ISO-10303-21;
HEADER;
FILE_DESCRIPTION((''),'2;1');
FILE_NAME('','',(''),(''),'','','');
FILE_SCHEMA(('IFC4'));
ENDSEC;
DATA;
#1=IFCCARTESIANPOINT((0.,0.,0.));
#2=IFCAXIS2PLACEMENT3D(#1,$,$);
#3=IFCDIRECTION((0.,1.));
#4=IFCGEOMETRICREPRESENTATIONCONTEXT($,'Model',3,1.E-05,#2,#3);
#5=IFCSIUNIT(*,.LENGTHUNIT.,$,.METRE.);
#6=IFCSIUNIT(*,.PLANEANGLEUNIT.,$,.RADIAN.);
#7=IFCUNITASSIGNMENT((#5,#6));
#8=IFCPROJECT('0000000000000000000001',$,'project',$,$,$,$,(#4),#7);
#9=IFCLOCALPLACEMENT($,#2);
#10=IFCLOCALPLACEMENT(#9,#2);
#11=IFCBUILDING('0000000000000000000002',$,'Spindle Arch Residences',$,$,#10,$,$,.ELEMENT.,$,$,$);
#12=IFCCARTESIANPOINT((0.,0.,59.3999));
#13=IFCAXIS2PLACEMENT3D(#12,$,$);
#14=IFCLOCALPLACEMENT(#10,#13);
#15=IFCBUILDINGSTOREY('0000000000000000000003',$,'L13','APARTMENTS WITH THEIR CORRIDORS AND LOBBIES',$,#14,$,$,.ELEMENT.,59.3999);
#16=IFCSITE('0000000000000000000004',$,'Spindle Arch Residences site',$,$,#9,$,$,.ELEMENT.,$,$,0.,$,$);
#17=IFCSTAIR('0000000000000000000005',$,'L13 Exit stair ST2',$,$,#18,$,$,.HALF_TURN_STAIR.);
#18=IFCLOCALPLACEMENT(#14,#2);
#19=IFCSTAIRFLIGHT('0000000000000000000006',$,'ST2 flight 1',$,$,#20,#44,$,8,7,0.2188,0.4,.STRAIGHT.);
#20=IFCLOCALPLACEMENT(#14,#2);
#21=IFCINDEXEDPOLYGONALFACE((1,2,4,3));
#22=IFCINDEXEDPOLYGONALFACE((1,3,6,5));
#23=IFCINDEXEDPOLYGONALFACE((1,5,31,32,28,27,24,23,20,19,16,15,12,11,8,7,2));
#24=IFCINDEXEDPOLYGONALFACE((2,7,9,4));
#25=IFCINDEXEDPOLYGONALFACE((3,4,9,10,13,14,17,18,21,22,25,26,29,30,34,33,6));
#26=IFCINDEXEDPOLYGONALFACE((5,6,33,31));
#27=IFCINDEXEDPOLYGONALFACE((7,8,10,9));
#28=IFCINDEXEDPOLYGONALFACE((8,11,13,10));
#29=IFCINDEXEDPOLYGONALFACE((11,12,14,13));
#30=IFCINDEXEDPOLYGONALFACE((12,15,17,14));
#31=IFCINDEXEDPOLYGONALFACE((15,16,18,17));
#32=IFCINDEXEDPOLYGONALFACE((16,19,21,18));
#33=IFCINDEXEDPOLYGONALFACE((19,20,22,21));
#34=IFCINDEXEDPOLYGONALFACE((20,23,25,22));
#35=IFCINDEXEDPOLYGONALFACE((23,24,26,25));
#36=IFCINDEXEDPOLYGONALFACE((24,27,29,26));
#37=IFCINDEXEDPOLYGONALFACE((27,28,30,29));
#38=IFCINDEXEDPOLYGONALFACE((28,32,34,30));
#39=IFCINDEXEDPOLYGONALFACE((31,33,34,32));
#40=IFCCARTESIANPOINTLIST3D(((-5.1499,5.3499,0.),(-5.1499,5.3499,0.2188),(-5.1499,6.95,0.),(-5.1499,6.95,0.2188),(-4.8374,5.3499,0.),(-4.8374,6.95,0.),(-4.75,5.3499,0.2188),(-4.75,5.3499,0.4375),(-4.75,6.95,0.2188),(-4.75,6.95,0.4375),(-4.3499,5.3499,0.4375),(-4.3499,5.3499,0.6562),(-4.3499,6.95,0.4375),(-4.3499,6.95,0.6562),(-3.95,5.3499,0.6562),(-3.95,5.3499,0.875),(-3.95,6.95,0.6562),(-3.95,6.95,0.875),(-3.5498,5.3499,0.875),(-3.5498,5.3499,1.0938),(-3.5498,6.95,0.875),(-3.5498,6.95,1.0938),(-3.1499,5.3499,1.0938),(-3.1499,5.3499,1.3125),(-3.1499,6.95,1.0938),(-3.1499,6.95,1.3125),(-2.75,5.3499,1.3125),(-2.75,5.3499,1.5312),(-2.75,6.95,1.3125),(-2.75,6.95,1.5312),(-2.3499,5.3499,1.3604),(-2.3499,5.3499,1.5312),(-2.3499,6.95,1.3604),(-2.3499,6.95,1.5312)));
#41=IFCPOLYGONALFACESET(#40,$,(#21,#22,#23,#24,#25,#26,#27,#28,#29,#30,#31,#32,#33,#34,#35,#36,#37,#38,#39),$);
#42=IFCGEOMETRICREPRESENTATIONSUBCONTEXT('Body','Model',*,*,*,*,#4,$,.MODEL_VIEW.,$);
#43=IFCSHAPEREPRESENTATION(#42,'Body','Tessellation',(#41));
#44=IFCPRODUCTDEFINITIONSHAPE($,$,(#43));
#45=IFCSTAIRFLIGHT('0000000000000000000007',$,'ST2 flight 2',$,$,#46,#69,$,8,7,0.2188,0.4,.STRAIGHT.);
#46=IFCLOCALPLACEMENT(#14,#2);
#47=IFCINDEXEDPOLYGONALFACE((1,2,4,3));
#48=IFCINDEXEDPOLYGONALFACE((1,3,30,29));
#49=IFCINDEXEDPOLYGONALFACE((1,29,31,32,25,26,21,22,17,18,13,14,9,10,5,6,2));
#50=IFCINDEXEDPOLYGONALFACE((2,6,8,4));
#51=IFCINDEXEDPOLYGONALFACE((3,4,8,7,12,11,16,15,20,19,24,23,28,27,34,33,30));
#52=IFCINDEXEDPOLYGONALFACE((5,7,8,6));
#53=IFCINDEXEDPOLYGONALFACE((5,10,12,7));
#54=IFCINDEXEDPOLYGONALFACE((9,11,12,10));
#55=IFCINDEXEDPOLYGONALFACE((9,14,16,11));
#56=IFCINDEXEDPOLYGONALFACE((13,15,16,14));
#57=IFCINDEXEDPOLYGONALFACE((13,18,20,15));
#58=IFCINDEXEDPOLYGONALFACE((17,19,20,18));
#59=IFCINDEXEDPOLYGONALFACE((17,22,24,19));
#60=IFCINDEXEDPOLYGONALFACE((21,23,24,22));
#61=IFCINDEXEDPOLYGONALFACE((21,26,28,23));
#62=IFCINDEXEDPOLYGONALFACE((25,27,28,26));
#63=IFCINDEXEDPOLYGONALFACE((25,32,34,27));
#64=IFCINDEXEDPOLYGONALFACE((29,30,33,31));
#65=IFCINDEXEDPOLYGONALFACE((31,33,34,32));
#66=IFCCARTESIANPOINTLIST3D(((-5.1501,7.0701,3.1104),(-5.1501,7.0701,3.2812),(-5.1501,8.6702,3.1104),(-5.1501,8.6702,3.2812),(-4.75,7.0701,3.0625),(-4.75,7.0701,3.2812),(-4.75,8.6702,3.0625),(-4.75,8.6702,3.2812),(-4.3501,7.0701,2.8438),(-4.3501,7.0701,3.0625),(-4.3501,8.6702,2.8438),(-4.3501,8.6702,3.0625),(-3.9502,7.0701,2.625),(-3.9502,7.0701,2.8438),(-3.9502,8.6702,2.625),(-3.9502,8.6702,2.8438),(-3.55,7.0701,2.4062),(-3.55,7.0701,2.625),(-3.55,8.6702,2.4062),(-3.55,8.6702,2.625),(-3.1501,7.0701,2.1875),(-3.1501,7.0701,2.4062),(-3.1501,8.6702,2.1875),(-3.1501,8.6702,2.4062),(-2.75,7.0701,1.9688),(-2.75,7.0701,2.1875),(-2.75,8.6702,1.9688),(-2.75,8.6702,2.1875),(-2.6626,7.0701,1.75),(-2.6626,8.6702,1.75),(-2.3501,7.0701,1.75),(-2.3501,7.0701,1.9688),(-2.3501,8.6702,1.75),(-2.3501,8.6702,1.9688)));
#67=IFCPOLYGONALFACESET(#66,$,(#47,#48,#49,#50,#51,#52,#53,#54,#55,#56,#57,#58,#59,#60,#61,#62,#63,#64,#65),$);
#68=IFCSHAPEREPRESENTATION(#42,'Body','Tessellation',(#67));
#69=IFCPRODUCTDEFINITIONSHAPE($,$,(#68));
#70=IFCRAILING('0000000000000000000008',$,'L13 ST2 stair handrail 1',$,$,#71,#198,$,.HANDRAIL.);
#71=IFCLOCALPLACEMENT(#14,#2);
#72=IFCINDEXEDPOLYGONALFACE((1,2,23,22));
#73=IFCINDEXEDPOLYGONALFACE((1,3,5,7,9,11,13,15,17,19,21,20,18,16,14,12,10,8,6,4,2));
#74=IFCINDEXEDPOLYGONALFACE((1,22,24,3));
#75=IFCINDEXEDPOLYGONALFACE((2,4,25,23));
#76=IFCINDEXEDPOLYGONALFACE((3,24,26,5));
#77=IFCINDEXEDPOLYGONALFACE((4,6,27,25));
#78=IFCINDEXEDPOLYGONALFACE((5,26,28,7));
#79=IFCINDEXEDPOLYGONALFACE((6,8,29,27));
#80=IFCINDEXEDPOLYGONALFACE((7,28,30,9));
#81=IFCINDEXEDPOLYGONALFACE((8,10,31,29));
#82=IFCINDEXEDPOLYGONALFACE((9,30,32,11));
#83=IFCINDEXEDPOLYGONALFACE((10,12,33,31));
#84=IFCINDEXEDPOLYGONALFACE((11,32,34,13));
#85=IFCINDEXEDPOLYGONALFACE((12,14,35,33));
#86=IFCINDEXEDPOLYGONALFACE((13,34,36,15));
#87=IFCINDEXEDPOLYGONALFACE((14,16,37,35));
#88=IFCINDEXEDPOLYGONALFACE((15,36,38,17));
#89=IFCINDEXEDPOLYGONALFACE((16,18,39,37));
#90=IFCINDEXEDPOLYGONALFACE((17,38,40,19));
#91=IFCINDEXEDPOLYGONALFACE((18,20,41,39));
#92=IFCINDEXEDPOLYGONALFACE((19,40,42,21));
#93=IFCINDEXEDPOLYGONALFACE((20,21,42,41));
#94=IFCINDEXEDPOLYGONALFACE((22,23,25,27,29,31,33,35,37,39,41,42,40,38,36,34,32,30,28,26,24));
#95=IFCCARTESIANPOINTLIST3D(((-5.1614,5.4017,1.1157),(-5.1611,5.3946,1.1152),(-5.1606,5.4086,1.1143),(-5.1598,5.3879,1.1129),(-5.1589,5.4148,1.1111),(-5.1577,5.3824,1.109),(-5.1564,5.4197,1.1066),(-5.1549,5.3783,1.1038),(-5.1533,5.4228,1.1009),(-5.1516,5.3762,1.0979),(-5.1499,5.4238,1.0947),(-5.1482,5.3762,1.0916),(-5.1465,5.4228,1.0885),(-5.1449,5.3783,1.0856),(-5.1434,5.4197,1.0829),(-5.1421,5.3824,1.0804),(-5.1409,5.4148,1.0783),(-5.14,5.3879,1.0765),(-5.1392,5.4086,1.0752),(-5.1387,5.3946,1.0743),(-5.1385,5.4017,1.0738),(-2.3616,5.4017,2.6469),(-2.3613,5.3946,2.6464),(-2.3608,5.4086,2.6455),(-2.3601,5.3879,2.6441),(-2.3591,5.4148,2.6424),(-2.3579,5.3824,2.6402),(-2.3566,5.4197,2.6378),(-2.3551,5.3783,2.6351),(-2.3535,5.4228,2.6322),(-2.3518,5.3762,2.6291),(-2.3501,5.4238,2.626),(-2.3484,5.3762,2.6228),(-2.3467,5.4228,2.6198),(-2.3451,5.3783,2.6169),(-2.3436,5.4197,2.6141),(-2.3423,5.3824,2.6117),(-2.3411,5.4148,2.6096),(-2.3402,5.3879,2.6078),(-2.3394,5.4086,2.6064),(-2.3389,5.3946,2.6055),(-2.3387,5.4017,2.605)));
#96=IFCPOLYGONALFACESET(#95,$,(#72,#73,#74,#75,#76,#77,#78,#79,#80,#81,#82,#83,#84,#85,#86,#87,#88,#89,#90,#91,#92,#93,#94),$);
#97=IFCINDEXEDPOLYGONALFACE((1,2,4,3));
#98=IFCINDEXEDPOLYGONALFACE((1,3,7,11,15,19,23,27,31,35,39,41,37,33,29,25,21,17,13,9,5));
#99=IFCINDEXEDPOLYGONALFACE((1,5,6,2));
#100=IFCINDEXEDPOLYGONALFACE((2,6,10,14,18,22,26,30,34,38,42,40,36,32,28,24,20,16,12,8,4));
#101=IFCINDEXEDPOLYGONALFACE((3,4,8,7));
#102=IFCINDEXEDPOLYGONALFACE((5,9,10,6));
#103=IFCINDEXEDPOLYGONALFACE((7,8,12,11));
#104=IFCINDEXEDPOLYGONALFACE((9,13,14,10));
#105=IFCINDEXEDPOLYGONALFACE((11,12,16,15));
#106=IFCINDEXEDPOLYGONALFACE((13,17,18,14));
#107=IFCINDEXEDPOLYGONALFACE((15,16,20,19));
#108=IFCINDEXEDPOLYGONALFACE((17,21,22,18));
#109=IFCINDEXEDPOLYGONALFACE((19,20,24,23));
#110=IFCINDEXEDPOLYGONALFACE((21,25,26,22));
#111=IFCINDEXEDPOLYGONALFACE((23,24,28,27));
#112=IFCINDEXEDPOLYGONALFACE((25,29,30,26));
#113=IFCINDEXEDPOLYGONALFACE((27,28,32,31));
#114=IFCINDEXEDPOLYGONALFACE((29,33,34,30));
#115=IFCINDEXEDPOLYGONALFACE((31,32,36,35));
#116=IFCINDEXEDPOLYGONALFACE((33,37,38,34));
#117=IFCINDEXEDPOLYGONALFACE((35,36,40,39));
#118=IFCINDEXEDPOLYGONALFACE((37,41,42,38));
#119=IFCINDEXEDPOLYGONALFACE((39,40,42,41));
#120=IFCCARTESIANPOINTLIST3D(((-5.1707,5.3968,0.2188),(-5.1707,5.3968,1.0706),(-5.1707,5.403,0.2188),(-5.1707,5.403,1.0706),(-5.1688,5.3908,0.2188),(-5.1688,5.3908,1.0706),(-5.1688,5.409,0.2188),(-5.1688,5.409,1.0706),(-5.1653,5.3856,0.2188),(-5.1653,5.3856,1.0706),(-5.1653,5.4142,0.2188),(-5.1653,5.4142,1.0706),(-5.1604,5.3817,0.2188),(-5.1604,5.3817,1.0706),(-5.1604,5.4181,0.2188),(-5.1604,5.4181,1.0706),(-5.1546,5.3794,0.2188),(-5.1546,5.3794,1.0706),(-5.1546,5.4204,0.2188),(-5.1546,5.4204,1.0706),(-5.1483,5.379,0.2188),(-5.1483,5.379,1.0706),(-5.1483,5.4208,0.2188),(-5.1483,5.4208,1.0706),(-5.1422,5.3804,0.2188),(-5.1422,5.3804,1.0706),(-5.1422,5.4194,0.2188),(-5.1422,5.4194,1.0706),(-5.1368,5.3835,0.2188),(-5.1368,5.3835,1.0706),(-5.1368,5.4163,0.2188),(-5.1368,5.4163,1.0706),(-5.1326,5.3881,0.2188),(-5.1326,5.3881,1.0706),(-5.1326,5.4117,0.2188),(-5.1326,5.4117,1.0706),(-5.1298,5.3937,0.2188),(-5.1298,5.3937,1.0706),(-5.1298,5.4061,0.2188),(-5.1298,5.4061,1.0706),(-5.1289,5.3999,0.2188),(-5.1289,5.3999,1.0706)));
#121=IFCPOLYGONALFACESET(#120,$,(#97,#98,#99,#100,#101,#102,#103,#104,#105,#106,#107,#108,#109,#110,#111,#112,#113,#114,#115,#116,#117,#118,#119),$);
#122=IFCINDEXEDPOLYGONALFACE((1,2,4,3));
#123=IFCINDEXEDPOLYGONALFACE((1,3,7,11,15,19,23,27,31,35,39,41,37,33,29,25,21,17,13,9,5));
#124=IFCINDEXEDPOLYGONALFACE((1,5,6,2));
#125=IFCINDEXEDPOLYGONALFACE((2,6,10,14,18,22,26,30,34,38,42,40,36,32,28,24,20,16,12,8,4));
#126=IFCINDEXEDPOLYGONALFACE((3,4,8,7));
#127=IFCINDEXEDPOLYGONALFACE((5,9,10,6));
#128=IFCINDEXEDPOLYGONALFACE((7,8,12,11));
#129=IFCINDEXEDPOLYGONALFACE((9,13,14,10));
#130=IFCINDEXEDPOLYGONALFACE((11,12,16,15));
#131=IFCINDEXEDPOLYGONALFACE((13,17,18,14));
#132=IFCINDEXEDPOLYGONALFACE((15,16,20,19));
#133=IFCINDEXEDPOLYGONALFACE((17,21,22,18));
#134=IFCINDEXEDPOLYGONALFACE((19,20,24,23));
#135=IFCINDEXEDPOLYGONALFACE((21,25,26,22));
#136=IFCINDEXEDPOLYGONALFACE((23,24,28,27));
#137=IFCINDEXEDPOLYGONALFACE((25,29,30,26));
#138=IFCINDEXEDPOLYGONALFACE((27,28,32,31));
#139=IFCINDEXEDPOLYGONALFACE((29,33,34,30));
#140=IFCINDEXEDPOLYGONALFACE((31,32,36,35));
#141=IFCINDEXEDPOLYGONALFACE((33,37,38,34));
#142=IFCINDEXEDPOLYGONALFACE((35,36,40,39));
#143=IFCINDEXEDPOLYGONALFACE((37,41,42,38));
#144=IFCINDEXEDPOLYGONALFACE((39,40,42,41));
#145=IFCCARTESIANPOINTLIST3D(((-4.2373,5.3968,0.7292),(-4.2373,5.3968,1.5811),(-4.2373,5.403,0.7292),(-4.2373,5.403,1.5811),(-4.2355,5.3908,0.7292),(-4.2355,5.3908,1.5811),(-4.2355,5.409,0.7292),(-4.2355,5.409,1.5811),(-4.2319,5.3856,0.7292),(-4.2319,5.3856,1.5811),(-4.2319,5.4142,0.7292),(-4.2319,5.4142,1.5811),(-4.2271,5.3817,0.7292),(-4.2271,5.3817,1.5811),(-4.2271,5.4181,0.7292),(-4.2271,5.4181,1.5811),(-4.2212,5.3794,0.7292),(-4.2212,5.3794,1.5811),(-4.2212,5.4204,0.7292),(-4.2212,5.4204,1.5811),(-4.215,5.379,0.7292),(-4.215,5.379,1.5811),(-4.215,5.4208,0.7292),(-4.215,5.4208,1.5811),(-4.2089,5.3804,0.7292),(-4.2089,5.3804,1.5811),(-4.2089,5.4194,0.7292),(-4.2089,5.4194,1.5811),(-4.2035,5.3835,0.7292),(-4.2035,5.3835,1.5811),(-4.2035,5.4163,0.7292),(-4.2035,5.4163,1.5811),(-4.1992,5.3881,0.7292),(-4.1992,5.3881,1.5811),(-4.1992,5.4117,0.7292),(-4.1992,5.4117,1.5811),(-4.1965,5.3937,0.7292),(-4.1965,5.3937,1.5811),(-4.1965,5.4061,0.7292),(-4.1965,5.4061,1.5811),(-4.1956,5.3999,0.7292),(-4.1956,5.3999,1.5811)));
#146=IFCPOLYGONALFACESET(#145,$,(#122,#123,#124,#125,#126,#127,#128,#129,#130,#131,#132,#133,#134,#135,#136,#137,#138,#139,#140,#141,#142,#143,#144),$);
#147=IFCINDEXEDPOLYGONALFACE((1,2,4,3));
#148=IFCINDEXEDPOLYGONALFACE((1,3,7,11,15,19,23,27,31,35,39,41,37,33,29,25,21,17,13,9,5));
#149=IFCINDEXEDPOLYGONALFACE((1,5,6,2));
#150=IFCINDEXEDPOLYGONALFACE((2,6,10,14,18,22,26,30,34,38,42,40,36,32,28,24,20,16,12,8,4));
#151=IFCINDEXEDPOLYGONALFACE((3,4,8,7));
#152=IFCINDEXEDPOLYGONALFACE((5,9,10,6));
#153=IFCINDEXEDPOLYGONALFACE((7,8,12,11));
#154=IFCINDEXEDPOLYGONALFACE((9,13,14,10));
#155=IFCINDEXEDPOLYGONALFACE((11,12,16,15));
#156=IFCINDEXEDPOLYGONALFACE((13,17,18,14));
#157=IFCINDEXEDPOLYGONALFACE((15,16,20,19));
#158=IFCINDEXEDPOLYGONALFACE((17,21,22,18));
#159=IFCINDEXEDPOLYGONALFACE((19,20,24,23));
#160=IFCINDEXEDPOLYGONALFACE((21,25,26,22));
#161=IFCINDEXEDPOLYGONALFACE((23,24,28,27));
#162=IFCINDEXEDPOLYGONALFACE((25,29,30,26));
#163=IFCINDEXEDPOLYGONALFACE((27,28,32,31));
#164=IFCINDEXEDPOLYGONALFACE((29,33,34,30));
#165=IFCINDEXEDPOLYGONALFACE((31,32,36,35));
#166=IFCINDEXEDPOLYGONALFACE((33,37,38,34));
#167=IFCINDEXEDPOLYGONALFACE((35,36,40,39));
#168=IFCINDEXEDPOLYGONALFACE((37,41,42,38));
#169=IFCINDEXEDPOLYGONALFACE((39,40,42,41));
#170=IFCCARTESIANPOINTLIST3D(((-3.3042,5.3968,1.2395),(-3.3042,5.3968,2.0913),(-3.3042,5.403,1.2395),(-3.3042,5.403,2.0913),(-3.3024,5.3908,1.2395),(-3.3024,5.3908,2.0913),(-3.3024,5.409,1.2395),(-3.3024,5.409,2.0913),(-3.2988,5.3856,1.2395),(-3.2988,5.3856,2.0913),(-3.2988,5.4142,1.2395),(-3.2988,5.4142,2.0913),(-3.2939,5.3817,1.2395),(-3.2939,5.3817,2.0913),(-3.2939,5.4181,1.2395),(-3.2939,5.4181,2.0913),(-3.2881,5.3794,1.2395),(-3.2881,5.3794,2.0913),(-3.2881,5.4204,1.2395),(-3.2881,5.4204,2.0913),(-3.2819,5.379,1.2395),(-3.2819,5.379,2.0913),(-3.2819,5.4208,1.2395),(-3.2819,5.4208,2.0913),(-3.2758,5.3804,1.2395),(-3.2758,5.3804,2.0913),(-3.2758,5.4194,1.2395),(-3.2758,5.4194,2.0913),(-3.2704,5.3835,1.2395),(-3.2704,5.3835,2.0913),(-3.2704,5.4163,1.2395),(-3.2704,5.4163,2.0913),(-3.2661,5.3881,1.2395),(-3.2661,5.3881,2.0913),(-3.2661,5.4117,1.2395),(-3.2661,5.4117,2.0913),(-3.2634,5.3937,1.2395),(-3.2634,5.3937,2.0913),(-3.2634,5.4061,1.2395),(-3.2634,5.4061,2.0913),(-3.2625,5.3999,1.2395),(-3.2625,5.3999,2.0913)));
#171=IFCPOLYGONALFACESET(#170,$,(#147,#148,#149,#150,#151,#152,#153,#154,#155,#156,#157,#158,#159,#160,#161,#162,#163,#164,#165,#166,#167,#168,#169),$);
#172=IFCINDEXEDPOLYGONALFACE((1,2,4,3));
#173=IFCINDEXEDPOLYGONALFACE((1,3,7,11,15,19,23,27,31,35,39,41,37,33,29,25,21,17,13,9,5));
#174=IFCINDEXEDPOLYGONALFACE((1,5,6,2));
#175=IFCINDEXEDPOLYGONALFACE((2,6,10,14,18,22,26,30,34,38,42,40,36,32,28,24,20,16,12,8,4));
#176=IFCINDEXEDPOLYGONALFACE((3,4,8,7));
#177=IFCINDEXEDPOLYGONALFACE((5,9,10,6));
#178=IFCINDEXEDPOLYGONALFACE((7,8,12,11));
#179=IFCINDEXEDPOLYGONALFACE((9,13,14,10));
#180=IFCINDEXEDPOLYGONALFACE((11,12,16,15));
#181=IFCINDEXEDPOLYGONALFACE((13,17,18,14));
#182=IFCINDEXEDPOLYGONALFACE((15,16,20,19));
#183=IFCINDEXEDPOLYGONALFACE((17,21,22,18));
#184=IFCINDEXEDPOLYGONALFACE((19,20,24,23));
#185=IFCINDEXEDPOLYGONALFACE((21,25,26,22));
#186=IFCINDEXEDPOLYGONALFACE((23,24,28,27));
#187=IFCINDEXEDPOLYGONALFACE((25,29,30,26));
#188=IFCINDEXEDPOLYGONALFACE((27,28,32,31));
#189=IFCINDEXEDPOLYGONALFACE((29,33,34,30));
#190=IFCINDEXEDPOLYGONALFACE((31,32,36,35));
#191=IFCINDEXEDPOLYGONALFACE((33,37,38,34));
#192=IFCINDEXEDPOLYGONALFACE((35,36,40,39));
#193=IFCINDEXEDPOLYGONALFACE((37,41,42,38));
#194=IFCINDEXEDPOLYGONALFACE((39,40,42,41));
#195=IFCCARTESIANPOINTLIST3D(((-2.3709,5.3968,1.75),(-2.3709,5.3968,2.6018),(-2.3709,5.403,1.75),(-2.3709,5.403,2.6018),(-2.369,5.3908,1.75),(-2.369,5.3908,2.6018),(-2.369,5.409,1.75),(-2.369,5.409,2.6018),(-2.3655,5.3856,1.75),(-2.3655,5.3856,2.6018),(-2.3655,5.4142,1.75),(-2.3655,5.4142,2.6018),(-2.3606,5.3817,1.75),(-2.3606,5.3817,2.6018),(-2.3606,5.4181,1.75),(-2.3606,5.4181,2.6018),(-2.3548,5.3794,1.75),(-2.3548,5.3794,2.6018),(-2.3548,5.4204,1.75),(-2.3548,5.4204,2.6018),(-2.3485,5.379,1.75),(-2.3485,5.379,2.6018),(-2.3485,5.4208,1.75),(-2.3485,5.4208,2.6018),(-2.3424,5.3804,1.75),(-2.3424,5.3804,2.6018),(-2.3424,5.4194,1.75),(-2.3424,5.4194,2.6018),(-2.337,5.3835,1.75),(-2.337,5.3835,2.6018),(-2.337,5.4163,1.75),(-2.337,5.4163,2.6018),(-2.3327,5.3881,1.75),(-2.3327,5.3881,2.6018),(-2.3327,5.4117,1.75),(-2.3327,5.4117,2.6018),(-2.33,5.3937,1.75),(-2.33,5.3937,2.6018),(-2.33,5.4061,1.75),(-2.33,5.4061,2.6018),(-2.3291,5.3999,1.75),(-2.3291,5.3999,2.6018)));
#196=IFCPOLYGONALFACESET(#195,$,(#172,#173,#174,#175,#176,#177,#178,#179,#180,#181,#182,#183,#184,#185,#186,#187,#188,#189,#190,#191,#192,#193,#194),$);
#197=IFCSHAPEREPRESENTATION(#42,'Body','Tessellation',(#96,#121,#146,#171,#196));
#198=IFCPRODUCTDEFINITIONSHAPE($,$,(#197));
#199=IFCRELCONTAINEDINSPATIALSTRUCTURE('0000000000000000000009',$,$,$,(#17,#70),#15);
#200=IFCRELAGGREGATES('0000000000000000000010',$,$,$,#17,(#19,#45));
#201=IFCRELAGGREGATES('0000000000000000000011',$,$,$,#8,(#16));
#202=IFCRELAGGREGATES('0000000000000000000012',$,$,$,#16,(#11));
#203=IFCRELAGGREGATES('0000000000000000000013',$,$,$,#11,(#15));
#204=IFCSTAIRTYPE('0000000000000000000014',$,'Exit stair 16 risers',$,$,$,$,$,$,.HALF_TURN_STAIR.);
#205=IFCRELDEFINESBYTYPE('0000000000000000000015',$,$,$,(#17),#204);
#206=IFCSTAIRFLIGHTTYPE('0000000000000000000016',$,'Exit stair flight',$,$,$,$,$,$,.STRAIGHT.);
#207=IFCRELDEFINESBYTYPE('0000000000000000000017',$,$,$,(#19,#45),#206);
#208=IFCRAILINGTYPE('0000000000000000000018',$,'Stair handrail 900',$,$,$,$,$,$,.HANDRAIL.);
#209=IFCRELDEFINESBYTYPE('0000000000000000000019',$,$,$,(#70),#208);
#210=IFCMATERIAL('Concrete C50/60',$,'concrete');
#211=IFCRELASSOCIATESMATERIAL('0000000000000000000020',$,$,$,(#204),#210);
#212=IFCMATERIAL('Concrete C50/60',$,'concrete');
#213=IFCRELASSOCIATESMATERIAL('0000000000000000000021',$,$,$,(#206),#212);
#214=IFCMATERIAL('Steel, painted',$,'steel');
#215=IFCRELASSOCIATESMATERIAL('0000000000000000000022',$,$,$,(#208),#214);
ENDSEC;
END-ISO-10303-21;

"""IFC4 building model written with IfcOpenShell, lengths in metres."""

from ifc_helpers import new_model, si_unit, direction, frame, origin, origin_2d, place, context, subcontext, project, spatial, polyline, circle, outline, extrude, material, type_object, element, aggregate, save


model = new_model("IFC4")

# Units and contexts
model_context = context("Model", 3, precision=1e-05, world=origin(), true_north=direction((0.0, 1.0)))
body_context = subcontext(model_context, "Body", "Model", "MODEL_VIEW")
ifc_project = project(units=[si_unit("LENGTHUNIT", "METRE"), si_unit("PLANEANGLEUNIT", "RADIAN")], contexts=[model_context])

# Site, building, storey
site_placement = place(None, origin())
site = spatial("IfcSite", under=ifc_project, at=site_placement, Name="Spindle Arch Residences site", CompositionType="ELEMENT", RefElevation=0.0)
building_placement = place(site_placement, origin())
building = spatial("IfcBuilding", under=site, at=building_placement, Name="Spindle Arch Residences", CompositionType="ELEMENT")
storey_placement = place(building_placement, frame((0.0, 0.0, 59.3999)))
storey = spatial("IfcBuildingStorey", under=building, at=storey_placement, Name="L13", Description="APARTMENTS WITH THEIR CORRIDORS AND LOBBIES", CompositionType="ELEMENT", Elevation=59.3999)

# Stair, stair flights
ifc_material_1 = material(Name="Concrete C50/60", Category="concrete")
stair_type = type_object("IfcStairType", Name="Exit stair 16 risers", PredefinedType="HALF_TURN_STAIR", material=ifc_material_1)
stair_placement = place(storey_placement, origin())
stair = element("IfcStair", 1, at=stair_placement, inside=storey, type_object=stair_type, Name="L13 Exit stair ST2", PredefinedType="HALF_TURN_STAIR")
ifc_material_2 = material(Name="Concrete C50/60", Category="concrete")
stair_flight_type = type_object("IfcStairFlightType", Name="Exit stair flight", PredefinedType="STRAIGHT", material=ifc_material_2)
stair_flight_1_placement = place(storey_placement, frame((-5.1499, 6.1499, 0.0), z_axis=(0.0, 0.0, 1.0), x_axis=(1.0, 0.0, 0.0)))
stair_flight_1 = element("IfcStairFlight", 2, at=stair_flight_1_placement, type_object=stair_flight_type, Name="ST2 flight 1", NumberOfRisers=8, NumberOfTreads=7, PredefinedType="STRAIGHT", RiserHeight=0.2188, TreadLength=0.4, context=body_context, shape_type="SweptSolid", body=[
    extrude(outline(polyline([(0.0, 0.0), (0.0, 0.2188), (0.3999, 0.2188), (0.3999, 0.4375), (0.8, 0.4375), (0.8, 0.6562), (1.2, 0.6562), (1.2, 0.875), (1.6001, 0.875), (1.6001, 1.0938), (2.0, 1.0938), (2.0, 1.3125), (2.3999, 1.3125), (2.3999, 1.5312), (2.8, 1.5312), (2.8, 1.75), (2.8, 1.3604), (0.3125, 0.0), (0.0, 0.0)])), frame((0.0, 0.8, 0.0), z_axis=(0.0, -1.0, 0.0), x_axis=(1.0, 0.0, 0.0)), (0.0, 0.0, 1.0), 1.6001),
])
stair_flight_2_placement = place(storey_placement, frame((-2.3501, 7.8701, 1.75), z_axis=(0.0, 0.0, 1.0), x_axis=(-1.0, 0.0, 0.0)))
stair_flight_2 = element("IfcStairFlight", 3, at=stair_flight_2_placement, type_object=stair_flight_type, Name="ST2 flight 2", NumberOfRisers=8, NumberOfTreads=7, PredefinedType="STRAIGHT", RiserHeight=0.2188, TreadLength=0.4, context=body_context, shape_type="SweptSolid", body=[
    extrude(outline(polyline([(0.0, 0.0), (0.0, 0.2188), (0.3999, 0.2188), (0.3999, 0.4375), (0.8, 0.4375), (0.8, 0.6562), (1.2, 0.6562), (1.2, 0.875), (1.6001, 0.875), (1.6001, 1.0938), (2.0, 1.0938), (2.0, 1.3125), (2.3999, 1.3125), (2.3999, 1.5312), (2.8, 1.5312), (2.8, 1.75), (2.8, 1.3604), (0.3125, 0.0), (0.0, 0.0)])), frame((0.0, 0.8, 0.0), z_axis=(0.0, -1.0, 0.0), x_axis=(1.0, 0.0, 0.0)), (0.0, 0.0, 1.0), 1.6001),
])
aggregate(stair, [stair_flight_1, stair_flight_2])

# Railing
ifc_material_3 = material(Name="Steel, painted", Category="steel")
railing_type_1 = type_object("IfcRailingType", Name="Stair handrail 900", PredefinedType="HANDRAIL", material=ifc_material_3)
railing_1_placement = place(storey_placement, frame((-5.1499, 5.3999, 0.2188)))
element("IfcRailing", 4, at=railing_1_placement, inside=storey, type_object=railing_type_1, Name="L13 ST2 stair handrail 1", PredefinedType="HANDRAIL", context=body_context, shape_type="SweptSolid", body=[
    extrude(circle(Radius=0.0239, at=origin_2d()), frame((0.0, 0.0, 0.876), z_axis=(0.877357, 0.0, 0.479838), x_axis=(0.0, 1.0, 0.0)), (0.0, 0.0, 1.0), 3.1912),
    extrude(circle(Radius=0.021, at=origin_2d()), origin(), (0.0, 0.0, 1.0), 0.8518),
    extrude(circle(Radius=0.021, at=origin_2d()), frame((0.9333, 0.0, 0.5105)), (0.0, 0.0, 1.0), 0.8518),
    extrude(circle(Radius=0.021, at=origin_2d()), frame((1.8665, 0.0, 1.0208)), (0.0, 0.0, 1.0), 0.8518),
    extrude(circle(Radius=0.021, at=origin_2d()), frame((2.7998, 0.0, 1.5312)), (0.0, 0.0, 1.0), 0.8518),
])

save(model, "model.ifc")
